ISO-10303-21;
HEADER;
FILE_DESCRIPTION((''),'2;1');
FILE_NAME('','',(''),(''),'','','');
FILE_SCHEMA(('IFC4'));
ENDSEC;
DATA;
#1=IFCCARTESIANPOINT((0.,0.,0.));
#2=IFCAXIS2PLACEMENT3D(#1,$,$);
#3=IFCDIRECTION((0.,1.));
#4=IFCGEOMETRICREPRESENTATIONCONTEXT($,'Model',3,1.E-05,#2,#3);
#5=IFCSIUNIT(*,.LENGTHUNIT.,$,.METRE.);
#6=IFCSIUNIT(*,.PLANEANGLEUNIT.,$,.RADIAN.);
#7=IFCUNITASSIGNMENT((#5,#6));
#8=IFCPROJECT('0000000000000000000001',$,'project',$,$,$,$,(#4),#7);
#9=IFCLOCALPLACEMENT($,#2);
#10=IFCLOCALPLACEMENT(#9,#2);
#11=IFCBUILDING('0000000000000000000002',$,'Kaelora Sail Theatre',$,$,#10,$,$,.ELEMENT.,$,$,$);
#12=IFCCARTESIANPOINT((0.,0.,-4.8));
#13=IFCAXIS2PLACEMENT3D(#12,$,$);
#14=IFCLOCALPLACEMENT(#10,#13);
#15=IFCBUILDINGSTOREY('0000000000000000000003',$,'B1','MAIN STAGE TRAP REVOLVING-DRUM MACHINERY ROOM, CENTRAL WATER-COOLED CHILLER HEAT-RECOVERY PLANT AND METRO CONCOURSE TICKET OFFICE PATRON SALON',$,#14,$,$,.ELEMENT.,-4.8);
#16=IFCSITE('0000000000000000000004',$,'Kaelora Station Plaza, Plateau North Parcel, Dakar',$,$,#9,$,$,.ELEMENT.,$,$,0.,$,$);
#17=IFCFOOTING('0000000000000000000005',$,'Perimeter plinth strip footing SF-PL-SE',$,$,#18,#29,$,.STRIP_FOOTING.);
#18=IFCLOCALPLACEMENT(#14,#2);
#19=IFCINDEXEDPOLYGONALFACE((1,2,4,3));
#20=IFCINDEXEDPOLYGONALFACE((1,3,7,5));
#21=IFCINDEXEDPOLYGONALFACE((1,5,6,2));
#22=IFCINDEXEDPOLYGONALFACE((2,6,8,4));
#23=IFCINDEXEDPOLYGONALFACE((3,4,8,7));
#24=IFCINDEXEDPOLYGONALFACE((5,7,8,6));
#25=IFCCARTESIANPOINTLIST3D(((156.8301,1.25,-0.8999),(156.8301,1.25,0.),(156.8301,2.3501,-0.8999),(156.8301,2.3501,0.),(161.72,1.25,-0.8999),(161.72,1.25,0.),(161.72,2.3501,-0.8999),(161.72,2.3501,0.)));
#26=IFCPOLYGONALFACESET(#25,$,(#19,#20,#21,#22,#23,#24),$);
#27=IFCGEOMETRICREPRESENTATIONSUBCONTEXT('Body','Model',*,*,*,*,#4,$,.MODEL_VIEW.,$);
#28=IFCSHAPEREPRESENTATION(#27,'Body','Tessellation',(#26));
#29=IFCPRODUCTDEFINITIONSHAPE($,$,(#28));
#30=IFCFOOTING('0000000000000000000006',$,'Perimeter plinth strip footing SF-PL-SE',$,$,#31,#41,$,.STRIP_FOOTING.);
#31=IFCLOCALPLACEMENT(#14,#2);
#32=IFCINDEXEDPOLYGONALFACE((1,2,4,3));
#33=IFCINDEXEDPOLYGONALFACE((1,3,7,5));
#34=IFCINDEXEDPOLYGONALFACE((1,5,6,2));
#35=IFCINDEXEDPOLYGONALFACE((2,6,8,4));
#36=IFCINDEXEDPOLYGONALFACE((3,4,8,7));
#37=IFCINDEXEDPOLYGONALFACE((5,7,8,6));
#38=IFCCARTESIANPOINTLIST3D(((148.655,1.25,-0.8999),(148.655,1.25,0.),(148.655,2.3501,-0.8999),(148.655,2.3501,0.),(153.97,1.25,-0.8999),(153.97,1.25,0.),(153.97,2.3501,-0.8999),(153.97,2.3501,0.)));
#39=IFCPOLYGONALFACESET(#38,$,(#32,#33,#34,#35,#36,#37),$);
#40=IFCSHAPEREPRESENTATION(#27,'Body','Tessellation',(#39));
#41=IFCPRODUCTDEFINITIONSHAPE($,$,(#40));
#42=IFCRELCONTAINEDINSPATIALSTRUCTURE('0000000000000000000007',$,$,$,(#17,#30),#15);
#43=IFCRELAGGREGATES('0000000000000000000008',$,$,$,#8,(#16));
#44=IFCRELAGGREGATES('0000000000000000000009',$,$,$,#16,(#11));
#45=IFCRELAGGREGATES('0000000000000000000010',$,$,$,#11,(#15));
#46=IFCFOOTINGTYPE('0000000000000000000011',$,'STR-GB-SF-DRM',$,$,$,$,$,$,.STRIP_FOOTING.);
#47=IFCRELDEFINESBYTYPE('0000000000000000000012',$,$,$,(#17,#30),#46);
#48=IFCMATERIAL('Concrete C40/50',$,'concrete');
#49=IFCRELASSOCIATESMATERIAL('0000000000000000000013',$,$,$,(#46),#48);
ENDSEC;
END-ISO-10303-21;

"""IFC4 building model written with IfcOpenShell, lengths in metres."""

from ifc_helpers import new_model, si_unit, direction, frame, origin, place, context, subcontext, project, spatial, polyline, outline, extrude, material, type_object, element, save


model = new_model("IFC4")

# Units and contexts
model_context = context("Model", 3, precision=1e-05, world=origin(), true_north=direction((0.0, 1.0)))
body_context = subcontext(model_context, "Body", "Model", "MODEL_VIEW")
ifc_project = project(units=[si_unit("LENGTHUNIT", "METRE"), si_unit("PLANEANGLEUNIT", "RADIAN")], contexts=[model_context])

# Site, building, storey
site_placement = place(None, origin())
site = spatial("IfcSite", under=ifc_project, at=site_placement, Name="Kaelora Station Plaza, Plateau North Parcel, Dakar", CompositionType="ELEMENT", RefElevation=0.0)
building_placement = place(site_placement, origin())
building = spatial("IfcBuilding", under=site, at=building_placement, Name="Kaelora Sail Theatre", CompositionType="ELEMENT")
storey_placement = place(building_placement, frame((0.0, 0.0, -4.8)))
storey = spatial("IfcBuildingStorey", under=building, at=storey_placement, Name="B1", Description="MAIN STAGE TRAP REVOLVING-DRUM MACHINERY ROOM, CENTRAL WATER-COOLED CHILLER HEAT-RECOVERY PLANT AND METRO CONCOURSE TICKET OFFICE PATRON SALON", CompositionType="ELEMENT", Elevation=-4.8)

# Footings
ifc_material_1 = material(Name="Concrete C40/50", Category="concrete")
footing_type_1 = type_object("IfcFootingType", Name="STR-GB-SF-DRM", PredefinedType="STRIP_FOOTING", material=ifc_material_1)
footing_1_placement = place(storey_placement, frame((0.0, 0.0, -0.8999)))
element("IfcFooting", 1, at=footing_1_placement, inside=storey, type_object=footing_type_1, Name="Perimeter plinth strip footing SF-PL-SE", PredefinedType="STRIP_FOOTING", context=body_context, shape_type="SweptSolid", body=[
    extrude(outline(polyline([(161.72, 1.25), (156.8301, 1.25), (156.8301, 2.3501), (161.72, 2.3501), (161.72, 1.25)])), origin(), (0.0, 0.0, 1.0), 0.8999),
])
footing_2_placement = place(storey_placement, frame((0.0, 0.0, -0.8999)))
element("IfcFooting", 2, at=footing_2_placement, inside=storey, type_object=footing_type_1, Name="Perimeter plinth strip footing SF-PL-SE", PredefinedType="STRIP_FOOTING", context=body_context, shape_type="SweptSolid", body=[
    extrude(outline(polyline([(153.97, 1.25), (148.655, 1.25), (148.655, 2.3501), (153.97, 2.3501), (153.97, 1.25)])), origin(), (0.0, 0.0, 1.0), 0.8999),
])

save(model, "model.ifc")
